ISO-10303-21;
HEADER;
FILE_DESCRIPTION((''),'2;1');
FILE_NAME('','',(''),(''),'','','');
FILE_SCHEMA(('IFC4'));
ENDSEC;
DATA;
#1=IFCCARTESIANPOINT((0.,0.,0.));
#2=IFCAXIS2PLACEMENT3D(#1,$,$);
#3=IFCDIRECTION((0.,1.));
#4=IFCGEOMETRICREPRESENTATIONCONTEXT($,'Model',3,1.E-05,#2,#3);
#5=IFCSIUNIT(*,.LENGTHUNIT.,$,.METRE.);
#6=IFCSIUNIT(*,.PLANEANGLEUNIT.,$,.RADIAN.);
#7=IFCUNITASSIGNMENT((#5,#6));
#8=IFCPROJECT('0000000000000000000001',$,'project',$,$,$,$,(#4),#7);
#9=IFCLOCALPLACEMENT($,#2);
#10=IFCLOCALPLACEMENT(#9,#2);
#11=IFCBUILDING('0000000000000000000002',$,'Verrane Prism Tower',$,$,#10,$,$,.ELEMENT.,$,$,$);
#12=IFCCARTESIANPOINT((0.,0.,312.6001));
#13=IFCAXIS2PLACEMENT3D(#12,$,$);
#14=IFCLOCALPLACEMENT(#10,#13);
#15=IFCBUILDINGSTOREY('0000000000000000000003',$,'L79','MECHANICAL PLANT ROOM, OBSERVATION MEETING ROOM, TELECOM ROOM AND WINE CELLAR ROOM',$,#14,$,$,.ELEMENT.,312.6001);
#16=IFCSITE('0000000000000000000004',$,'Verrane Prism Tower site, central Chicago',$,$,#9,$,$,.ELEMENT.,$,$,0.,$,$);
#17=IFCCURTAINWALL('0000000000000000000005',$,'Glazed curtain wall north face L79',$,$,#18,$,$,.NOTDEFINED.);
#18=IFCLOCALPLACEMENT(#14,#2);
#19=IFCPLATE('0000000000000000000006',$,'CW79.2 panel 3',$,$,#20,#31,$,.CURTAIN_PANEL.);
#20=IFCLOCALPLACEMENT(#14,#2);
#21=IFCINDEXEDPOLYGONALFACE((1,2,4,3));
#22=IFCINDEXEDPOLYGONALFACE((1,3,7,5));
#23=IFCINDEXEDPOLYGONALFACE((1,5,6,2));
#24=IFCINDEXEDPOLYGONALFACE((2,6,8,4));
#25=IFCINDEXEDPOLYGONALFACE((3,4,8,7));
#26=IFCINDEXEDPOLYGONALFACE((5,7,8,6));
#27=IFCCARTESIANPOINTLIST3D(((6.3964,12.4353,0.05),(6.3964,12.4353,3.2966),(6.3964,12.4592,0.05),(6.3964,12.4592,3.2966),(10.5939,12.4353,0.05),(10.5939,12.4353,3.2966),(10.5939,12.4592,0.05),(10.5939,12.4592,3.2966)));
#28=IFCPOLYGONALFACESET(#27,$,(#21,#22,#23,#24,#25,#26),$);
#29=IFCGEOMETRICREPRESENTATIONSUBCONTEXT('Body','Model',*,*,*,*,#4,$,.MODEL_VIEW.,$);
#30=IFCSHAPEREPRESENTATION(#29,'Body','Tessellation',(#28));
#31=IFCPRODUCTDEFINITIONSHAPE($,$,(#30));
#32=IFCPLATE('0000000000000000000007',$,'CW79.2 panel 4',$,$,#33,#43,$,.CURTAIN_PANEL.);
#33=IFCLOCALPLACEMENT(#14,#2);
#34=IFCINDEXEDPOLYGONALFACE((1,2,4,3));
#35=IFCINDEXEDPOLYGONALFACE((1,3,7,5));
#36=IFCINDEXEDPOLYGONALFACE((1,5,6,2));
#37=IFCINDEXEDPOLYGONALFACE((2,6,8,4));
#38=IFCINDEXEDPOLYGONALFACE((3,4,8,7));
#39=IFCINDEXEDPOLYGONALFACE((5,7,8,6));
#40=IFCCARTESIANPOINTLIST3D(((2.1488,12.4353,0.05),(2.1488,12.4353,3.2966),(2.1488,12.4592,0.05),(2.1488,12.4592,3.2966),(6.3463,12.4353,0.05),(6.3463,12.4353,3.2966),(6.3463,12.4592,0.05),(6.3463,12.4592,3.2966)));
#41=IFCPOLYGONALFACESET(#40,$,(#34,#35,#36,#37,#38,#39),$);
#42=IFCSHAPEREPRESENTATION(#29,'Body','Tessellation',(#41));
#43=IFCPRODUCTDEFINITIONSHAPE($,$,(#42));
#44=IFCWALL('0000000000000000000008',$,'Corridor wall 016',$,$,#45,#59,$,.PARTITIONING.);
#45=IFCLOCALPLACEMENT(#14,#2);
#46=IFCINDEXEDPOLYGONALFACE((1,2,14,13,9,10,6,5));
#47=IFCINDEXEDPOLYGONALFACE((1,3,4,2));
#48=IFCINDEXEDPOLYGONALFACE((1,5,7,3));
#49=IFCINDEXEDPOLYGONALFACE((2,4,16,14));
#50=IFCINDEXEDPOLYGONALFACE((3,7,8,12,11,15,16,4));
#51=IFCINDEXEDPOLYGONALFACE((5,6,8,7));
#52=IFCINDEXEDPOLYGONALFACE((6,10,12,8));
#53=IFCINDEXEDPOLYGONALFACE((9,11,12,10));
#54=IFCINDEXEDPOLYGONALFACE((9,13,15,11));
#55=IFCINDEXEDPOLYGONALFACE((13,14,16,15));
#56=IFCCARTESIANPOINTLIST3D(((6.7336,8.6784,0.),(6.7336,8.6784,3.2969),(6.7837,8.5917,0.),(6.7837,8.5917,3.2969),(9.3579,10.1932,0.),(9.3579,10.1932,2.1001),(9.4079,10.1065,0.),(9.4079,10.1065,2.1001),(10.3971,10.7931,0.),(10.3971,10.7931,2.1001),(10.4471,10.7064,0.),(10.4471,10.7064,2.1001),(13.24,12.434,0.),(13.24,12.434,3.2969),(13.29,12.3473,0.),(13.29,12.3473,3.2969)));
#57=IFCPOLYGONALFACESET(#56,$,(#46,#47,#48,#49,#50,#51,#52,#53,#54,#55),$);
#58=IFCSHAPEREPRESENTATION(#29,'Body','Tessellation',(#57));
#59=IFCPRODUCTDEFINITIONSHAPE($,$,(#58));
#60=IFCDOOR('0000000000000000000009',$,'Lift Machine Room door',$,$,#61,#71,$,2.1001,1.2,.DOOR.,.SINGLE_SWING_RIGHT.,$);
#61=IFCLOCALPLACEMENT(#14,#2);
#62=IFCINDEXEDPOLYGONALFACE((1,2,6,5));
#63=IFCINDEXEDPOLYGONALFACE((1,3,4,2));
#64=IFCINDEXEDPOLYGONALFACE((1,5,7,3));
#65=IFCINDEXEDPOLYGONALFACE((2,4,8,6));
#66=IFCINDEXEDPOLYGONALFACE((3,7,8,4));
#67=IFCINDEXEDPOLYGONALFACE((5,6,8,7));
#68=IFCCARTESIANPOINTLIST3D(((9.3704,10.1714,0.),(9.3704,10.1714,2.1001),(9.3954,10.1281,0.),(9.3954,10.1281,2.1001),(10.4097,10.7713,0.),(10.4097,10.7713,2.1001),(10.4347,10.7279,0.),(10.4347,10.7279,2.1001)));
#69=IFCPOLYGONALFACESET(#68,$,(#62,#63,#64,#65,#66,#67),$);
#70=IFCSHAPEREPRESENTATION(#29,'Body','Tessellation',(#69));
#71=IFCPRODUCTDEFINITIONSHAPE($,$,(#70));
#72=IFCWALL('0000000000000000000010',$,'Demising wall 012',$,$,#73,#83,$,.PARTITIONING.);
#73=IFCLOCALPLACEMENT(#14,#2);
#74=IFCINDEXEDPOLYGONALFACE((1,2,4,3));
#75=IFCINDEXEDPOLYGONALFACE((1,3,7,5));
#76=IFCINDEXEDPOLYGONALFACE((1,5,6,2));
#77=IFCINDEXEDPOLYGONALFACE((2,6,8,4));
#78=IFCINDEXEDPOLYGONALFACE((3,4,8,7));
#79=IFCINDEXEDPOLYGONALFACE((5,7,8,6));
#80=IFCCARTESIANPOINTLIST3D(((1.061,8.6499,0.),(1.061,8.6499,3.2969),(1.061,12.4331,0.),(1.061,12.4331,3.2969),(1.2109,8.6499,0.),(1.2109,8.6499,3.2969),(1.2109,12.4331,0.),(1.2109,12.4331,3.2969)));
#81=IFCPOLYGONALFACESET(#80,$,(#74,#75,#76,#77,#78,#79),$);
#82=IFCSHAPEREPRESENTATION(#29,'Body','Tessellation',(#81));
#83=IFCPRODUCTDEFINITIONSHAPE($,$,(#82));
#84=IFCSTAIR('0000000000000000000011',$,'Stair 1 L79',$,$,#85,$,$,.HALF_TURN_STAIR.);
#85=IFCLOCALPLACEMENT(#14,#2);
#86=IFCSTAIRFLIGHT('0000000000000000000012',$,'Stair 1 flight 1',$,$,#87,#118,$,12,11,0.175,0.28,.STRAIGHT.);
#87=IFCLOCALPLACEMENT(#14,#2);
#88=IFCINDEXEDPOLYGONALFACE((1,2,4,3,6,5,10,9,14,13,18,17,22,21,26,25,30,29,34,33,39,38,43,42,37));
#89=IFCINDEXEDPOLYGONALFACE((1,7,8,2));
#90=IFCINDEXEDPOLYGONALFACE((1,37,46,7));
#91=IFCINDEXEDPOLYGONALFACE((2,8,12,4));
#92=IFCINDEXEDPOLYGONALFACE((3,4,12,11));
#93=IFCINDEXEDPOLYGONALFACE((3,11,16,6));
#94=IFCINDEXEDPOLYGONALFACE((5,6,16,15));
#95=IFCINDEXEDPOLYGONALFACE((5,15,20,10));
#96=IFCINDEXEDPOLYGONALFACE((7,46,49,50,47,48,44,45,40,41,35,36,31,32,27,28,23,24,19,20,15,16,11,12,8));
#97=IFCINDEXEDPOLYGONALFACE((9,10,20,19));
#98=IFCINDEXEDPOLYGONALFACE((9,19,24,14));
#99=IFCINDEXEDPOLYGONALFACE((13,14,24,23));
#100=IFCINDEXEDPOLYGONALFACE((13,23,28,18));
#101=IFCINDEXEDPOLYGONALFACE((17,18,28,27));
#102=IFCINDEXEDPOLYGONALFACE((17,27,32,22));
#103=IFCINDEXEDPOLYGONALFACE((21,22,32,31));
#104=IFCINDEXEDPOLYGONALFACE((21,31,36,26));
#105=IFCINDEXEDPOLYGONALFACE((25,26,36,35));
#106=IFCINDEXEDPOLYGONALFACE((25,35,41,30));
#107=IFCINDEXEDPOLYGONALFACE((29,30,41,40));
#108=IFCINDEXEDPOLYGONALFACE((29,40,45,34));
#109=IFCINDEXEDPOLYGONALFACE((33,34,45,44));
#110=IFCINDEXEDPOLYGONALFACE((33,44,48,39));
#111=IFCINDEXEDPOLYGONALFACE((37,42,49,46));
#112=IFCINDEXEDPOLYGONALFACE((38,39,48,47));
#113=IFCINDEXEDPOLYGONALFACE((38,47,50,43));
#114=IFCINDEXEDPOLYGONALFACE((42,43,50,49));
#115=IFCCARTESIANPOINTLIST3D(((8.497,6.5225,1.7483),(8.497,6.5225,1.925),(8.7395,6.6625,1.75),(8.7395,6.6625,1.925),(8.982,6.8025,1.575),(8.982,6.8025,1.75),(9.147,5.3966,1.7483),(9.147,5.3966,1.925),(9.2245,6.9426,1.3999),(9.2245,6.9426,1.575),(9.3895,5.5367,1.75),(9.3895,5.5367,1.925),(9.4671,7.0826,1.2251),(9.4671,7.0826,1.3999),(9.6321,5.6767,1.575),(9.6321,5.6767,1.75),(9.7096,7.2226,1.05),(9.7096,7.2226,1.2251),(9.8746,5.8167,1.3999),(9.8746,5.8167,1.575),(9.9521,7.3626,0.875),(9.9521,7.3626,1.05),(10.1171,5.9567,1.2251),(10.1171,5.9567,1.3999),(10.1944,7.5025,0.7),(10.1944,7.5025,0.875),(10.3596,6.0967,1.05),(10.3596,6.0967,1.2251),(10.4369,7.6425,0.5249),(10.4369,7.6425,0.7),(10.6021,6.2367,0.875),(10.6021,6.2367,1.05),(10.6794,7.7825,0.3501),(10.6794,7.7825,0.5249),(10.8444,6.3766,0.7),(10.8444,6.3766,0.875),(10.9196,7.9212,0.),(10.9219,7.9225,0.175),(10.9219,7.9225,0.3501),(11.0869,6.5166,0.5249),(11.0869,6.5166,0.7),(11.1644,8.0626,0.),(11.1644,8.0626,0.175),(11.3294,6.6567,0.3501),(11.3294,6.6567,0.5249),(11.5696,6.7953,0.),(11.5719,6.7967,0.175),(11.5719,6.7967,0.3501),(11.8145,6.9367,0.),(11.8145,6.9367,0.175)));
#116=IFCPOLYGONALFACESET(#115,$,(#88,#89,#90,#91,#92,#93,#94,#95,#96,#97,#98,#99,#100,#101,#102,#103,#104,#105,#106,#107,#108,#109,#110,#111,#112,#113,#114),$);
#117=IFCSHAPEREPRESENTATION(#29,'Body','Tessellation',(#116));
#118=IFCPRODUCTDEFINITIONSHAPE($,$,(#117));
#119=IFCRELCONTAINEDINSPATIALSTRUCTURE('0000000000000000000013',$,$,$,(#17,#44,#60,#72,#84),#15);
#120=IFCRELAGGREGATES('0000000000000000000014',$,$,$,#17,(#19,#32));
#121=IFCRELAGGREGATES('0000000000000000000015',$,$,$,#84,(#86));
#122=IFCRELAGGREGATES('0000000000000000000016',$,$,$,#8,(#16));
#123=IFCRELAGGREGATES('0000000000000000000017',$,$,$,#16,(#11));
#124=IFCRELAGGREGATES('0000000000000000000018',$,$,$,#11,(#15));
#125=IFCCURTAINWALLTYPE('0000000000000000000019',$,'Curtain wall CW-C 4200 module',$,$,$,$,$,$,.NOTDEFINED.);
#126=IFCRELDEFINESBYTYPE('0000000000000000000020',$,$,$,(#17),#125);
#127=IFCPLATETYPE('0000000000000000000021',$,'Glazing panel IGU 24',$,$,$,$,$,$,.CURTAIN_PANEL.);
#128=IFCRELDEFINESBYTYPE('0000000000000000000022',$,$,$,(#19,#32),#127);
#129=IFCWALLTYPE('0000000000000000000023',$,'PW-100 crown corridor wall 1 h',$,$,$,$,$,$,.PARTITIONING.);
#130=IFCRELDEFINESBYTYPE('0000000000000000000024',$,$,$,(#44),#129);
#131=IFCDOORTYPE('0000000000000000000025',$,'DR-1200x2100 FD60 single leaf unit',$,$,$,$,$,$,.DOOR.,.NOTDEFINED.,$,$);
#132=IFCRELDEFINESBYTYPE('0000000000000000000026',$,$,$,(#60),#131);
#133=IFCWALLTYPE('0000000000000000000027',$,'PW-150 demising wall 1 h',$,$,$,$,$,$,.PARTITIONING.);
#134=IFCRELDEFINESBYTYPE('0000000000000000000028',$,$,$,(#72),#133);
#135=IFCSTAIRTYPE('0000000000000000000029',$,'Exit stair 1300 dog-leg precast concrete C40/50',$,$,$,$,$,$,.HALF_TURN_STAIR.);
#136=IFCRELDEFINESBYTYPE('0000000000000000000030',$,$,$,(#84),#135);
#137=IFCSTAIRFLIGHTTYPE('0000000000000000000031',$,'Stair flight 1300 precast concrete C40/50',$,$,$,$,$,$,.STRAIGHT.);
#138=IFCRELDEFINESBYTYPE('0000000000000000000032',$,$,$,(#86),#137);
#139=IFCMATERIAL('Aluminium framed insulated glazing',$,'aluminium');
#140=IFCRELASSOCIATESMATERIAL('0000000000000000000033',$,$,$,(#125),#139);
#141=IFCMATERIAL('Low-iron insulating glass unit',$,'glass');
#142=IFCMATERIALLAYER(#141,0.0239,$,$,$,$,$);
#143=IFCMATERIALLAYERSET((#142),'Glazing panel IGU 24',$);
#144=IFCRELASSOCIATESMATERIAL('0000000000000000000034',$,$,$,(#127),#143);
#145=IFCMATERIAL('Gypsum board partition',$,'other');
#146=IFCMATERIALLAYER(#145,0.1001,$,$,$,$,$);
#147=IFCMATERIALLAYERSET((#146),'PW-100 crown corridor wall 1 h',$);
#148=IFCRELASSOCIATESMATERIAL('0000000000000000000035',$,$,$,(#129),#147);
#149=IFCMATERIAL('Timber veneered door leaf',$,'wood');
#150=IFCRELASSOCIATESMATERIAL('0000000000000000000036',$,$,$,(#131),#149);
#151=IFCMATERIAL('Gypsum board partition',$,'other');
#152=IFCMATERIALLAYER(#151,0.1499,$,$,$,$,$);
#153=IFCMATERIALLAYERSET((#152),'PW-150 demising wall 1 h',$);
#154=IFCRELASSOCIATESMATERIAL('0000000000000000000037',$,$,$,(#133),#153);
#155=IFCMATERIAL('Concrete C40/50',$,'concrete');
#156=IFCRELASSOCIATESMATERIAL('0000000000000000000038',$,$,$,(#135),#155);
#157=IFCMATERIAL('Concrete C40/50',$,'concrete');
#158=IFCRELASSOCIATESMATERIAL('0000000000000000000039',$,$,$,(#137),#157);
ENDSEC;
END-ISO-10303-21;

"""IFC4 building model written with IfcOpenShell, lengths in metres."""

from ifc_helpers import new_model, si_unit, direction, frame, frame_2d, origin, origin_2d, place, context, subcontext, project, spatial, polyline, rectangle, outline, extrude, material, layer, layer_set, type_object, element, fill, aggregate, save


model = new_model("IFC4")

# Units and contexts
model_context = context("Model", 3, precision=1e-05, world=origin(), true_north=direction((0.0, 1.0)))
body_context = subcontext(model_context, "Body", "Model", "MODEL_VIEW")
ifc_project = project(units=[si_unit("LENGTHUNIT", "METRE"), si_unit("PLANEANGLEUNIT", "RADIAN")], contexts=[model_context])

# Site, building, storey
site_placement = place(None, origin())
site = spatial("IfcSite", under=ifc_project, at=site_placement, Name="Verrane Prism Tower site, central Chicago", CompositionType="ELEMENT", RefElevation=0.0)
building_placement = place(site_placement, origin())
building = spatial("IfcBuilding", under=site, at=building_placement, Name="Verrane Prism Tower", CompositionType="ELEMENT")
storey_placement = place(building_placement, frame((0.0, 0.0, 312.6001)))
storey = spatial("IfcBuildingStorey", under=building, at=storey_placement, Name="L79", Description="MECHANICAL PLANT ROOM, OBSERVATION MEETING ROOM, TELECOM ROOM AND WINE CELLAR ROOM", CompositionType="ELEMENT", Elevation=312.6001)

# Curtain wall
ifc_material_1 = material(Name="Aluminium framed insulated glazing", Category="aluminium")
curtain_wall_type = type_object("IfcCurtainWallType", Name="Curtain wall CW-C 4200 module", PredefinedType="NOTDEFINED", material=ifc_material_1)
curtain_wall_placement = place(storey_placement, origin())
curtain_wall = element("IfcCurtainWall", 1, at=curtain_wall_placement, inside=storey, type_object=curtain_wall_type, Name="Glazed curtain wall north face L79", PredefinedType="NOTDEFINED")

# Plates
ifc_material_2 = material(Name="Low-iron insulating glass unit", Category="glass")
ifc_layer_1 = layer(ifc_material_2, 0.0239)
ifc_layer_set_1 = layer_set([ifc_layer_1], Name="Glazing panel IGU 24")
plate_type = type_object("IfcPlateType", Name="Glazing panel IGU 24", PredefinedType="CURTAIN_PANEL", material=ifc_layer_set_1)
plate_1_placement = place(storey_placement, frame((8.4951, 12.4473, 0.05), z_axis=(0.0, 0.0, 1.0), x_axis=(-1.0, 0.0, 0.0)))
plate_1 = element("IfcPlate", 2, at=plate_1_placement, type_object=plate_type, Name="CW79.2 panel 3", PredefinedType="CURTAIN_PANEL", context=body_context, shape_type="SweptSolid", body=[
    extrude(rectangle(XDim=4.1975, YDim=0.0239, at=origin_2d()), origin(), (0.0, 0.0, 1.0), 3.2466),
])
plate_2_placement = place(storey_placement, frame((4.2476, 12.4473, 0.05), z_axis=(0.0, 0.0, 1.0), x_axis=(-1.0, 0.0, 0.0)))
plate_2 = element("IfcPlate", 3, at=plate_2_placement, type_object=plate_type, Name="CW79.2 panel 4", PredefinedType="CURTAIN_PANEL", context=body_context, shape_type="SweptSolid", body=[
    extrude(rectangle(XDim=4.1975, YDim=0.0239, at=origin_2d()), origin(), (0.0, 0.0, 1.0), 3.2466),
])
aggregate(curtain_wall, [plate_1, plate_2])

# Wall, opening, door
ifc_material_3 = material(Name="Gypsum board partition", Category="other")
ifc_layer_2 = layer(ifc_material_3, 0.1001)
ifc_layer_set_2 = layer_set([ifc_layer_2], Name="PW-100 crown corridor wall 1 h")
wall_type_1 = type_object("IfcWallType", Name="PW-100 crown corridor wall 1 h", PredefinedType="PARTITIONING", material=ifc_layer_set_2)
wall_1_placement = place(storey_placement, frame((6.7585, 8.635, 0.0), z_axis=(0.0, 0.0, 1.0), x_axis=(0.866073, 0.499918, 0.0)))
wall_1 = element("IfcWall", 4, at=wall_1_placement, inside=storey, type_object=wall_type_1, Name="Corridor wall 016", PredefinedType="PARTITIONING", context=body_context, shape_type="SweptSolid", body=[
    extrude(rectangle(XDim=7.5125, YDim=0.1001, at=frame_2d((3.7563, 0.0))), origin(), (0.0, 0.0, 1.0), 3.2969),
])
opening_placement = place(wall_1_placement, frame((3.03, 0.0, 0.0)))
opening = element("IfcOpeningElement", 5, at=opening_placement, cuts=wall_1, PredefinedType="OPENING", context=body_context, shape_type="SweptSolid", body=[
    extrude(rectangle(XDim=1.2, YDim=2.1001, at=frame_2d((0.6001, 1.05))), frame((0.0, 0.0601, 0.0), z_axis=(0.0, -1.0, 0.0), x_axis=(1.0, 0.0, 0.0)), (0.0, 0.0, 1.0), 0.1201),
])
ifc_material_4 = material(Name="Timber veneered door leaf", Category="wood")
door_type = type_object("IfcDoorType", Name="DR-1200x2100 FD60 single leaf unit", OperationType="NOTDEFINED", PredefinedType="DOOR", material=ifc_material_4)
door_placement = place(opening_placement, origin())
door = element("IfcDoor", 6, at=door_placement, inside=storey, type_object=door_type, Name="Lift Machine Room door", OperationType="SINGLE_SWING_RIGHT", OverallHeight=2.1001, OverallWidth=1.2, PredefinedType="DOOR", context=body_context, shape_type="SweptSolid", body=[
    extrude(rectangle(XDim=1.2, YDim=2.1001, at=frame_2d((0.6001, 1.05))), frame((0.0, 0.0249, 0.0), z_axis=(0.0, -1.0, 0.0), x_axis=(1.0, 0.0, 0.0)), (0.0, 0.0, 1.0), 0.05),
])
fill(opening, door)

# Wall
ifc_material_5 = material(Name="Gypsum board partition", Category="other")
ifc_layer_3 = layer(ifc_material_5, 0.1499)
ifc_layer_set_3 = layer_set([ifc_layer_3], Name="PW-150 demising wall 1 h")
wall_type_2 = type_object("IfcWallType", Name="PW-150 demising wall 1 h", PredefinedType="PARTITIONING", material=ifc_layer_set_3)
wall_2_placement = place(storey_placement, frame((1.136, 8.6499, 0.0), z_axis=(0.0, 0.0, 1.0), x_axis=(0.0, 1.0, 0.0)))
element("IfcWall", 7, at=wall_2_placement, inside=storey, type_object=wall_type_2, Name="Demising wall 012", PredefinedType="PARTITIONING", context=body_context, shape_type="SweptSolid", body=[
    extrude(rectangle(XDim=3.7832, YDim=0.1499, at=frame_2d((1.8916, 0.0))), origin(), (0.0, 0.0, 1.0), 3.2969),
])

# Stair, stair flight
ifc_material_6 = material(Name="Concrete C40/50", Category="concrete")
stair_type = type_object("IfcStairType", Name="Exit stair 1300 dog-leg precast concrete C40/50", PredefinedType="HALF_TURN_STAIR", material=ifc_material_6)
stair_placement = place(storey_placement, origin())
stair = element("IfcStair", 8, at=stair_placement, inside=storey, type_object=stair_type, Name="Stair 1 L79", PredefinedType="HALF_TURN_STAIR")
ifc_material_7 = material(Name="Concrete C40/50", Category="concrete")
stair_flight_type = type_object("IfcStairFlightType", Name="Stair flight 1300 precast concrete C40/50", PredefinedType="STRAIGHT", material=ifc_material_7)
stair_flight_placement = place(storey_placement, frame((11.4895, 7.4995, 0.0), z_axis=(0.0, 0.0, 1.0), x_axis=(-0.866025, -0.5, 0.0)))
stair_flight = element("IfcStairFlight", 9, at=stair_flight_placement, type_object=stair_flight_type, Name="Stair 1 flight 1", NumberOfRisers=12, NumberOfTreads=11, PredefinedType="STRAIGHT", RiserHeight=0.175, TreadLength=0.28, context=body_context, shape_type="SweptSolid", body=[
    extrude(outline(polyline([(0.0, 0.0), (0.0, 0.175), (0.28, 0.175), (0.28, 0.3501), (0.5601, 0.3501), (0.5601, 0.5249), (0.8401, 0.5249), (0.8401, 0.7), (1.1201, 0.7), (1.1201, 0.875), (1.3999, 0.875), (1.3999, 1.05), (1.6799, 1.05), (1.6799, 1.2251), (1.96, 1.2251), (1.96, 1.3999), (2.24, 1.3999), (2.24, 1.575), (2.52, 1.575), (2.52, 1.75), (2.8, 1.75), (2.8, 1.925), (3.0801, 1.925), (3.0801, 2.1001), (3.0801, 1.7483), (0.2827, 0.0), (0.0, 0.0)])), frame((0.0, 0.6499, 0.0), z_axis=(0.0, -1.0, 0.0), x_axis=(1.0, 0.0, 0.0)), (0.0, 0.0, 1.0), 1.3),
])
aggregate(stair, [stair_flight])

save(model, "model.ifc")
